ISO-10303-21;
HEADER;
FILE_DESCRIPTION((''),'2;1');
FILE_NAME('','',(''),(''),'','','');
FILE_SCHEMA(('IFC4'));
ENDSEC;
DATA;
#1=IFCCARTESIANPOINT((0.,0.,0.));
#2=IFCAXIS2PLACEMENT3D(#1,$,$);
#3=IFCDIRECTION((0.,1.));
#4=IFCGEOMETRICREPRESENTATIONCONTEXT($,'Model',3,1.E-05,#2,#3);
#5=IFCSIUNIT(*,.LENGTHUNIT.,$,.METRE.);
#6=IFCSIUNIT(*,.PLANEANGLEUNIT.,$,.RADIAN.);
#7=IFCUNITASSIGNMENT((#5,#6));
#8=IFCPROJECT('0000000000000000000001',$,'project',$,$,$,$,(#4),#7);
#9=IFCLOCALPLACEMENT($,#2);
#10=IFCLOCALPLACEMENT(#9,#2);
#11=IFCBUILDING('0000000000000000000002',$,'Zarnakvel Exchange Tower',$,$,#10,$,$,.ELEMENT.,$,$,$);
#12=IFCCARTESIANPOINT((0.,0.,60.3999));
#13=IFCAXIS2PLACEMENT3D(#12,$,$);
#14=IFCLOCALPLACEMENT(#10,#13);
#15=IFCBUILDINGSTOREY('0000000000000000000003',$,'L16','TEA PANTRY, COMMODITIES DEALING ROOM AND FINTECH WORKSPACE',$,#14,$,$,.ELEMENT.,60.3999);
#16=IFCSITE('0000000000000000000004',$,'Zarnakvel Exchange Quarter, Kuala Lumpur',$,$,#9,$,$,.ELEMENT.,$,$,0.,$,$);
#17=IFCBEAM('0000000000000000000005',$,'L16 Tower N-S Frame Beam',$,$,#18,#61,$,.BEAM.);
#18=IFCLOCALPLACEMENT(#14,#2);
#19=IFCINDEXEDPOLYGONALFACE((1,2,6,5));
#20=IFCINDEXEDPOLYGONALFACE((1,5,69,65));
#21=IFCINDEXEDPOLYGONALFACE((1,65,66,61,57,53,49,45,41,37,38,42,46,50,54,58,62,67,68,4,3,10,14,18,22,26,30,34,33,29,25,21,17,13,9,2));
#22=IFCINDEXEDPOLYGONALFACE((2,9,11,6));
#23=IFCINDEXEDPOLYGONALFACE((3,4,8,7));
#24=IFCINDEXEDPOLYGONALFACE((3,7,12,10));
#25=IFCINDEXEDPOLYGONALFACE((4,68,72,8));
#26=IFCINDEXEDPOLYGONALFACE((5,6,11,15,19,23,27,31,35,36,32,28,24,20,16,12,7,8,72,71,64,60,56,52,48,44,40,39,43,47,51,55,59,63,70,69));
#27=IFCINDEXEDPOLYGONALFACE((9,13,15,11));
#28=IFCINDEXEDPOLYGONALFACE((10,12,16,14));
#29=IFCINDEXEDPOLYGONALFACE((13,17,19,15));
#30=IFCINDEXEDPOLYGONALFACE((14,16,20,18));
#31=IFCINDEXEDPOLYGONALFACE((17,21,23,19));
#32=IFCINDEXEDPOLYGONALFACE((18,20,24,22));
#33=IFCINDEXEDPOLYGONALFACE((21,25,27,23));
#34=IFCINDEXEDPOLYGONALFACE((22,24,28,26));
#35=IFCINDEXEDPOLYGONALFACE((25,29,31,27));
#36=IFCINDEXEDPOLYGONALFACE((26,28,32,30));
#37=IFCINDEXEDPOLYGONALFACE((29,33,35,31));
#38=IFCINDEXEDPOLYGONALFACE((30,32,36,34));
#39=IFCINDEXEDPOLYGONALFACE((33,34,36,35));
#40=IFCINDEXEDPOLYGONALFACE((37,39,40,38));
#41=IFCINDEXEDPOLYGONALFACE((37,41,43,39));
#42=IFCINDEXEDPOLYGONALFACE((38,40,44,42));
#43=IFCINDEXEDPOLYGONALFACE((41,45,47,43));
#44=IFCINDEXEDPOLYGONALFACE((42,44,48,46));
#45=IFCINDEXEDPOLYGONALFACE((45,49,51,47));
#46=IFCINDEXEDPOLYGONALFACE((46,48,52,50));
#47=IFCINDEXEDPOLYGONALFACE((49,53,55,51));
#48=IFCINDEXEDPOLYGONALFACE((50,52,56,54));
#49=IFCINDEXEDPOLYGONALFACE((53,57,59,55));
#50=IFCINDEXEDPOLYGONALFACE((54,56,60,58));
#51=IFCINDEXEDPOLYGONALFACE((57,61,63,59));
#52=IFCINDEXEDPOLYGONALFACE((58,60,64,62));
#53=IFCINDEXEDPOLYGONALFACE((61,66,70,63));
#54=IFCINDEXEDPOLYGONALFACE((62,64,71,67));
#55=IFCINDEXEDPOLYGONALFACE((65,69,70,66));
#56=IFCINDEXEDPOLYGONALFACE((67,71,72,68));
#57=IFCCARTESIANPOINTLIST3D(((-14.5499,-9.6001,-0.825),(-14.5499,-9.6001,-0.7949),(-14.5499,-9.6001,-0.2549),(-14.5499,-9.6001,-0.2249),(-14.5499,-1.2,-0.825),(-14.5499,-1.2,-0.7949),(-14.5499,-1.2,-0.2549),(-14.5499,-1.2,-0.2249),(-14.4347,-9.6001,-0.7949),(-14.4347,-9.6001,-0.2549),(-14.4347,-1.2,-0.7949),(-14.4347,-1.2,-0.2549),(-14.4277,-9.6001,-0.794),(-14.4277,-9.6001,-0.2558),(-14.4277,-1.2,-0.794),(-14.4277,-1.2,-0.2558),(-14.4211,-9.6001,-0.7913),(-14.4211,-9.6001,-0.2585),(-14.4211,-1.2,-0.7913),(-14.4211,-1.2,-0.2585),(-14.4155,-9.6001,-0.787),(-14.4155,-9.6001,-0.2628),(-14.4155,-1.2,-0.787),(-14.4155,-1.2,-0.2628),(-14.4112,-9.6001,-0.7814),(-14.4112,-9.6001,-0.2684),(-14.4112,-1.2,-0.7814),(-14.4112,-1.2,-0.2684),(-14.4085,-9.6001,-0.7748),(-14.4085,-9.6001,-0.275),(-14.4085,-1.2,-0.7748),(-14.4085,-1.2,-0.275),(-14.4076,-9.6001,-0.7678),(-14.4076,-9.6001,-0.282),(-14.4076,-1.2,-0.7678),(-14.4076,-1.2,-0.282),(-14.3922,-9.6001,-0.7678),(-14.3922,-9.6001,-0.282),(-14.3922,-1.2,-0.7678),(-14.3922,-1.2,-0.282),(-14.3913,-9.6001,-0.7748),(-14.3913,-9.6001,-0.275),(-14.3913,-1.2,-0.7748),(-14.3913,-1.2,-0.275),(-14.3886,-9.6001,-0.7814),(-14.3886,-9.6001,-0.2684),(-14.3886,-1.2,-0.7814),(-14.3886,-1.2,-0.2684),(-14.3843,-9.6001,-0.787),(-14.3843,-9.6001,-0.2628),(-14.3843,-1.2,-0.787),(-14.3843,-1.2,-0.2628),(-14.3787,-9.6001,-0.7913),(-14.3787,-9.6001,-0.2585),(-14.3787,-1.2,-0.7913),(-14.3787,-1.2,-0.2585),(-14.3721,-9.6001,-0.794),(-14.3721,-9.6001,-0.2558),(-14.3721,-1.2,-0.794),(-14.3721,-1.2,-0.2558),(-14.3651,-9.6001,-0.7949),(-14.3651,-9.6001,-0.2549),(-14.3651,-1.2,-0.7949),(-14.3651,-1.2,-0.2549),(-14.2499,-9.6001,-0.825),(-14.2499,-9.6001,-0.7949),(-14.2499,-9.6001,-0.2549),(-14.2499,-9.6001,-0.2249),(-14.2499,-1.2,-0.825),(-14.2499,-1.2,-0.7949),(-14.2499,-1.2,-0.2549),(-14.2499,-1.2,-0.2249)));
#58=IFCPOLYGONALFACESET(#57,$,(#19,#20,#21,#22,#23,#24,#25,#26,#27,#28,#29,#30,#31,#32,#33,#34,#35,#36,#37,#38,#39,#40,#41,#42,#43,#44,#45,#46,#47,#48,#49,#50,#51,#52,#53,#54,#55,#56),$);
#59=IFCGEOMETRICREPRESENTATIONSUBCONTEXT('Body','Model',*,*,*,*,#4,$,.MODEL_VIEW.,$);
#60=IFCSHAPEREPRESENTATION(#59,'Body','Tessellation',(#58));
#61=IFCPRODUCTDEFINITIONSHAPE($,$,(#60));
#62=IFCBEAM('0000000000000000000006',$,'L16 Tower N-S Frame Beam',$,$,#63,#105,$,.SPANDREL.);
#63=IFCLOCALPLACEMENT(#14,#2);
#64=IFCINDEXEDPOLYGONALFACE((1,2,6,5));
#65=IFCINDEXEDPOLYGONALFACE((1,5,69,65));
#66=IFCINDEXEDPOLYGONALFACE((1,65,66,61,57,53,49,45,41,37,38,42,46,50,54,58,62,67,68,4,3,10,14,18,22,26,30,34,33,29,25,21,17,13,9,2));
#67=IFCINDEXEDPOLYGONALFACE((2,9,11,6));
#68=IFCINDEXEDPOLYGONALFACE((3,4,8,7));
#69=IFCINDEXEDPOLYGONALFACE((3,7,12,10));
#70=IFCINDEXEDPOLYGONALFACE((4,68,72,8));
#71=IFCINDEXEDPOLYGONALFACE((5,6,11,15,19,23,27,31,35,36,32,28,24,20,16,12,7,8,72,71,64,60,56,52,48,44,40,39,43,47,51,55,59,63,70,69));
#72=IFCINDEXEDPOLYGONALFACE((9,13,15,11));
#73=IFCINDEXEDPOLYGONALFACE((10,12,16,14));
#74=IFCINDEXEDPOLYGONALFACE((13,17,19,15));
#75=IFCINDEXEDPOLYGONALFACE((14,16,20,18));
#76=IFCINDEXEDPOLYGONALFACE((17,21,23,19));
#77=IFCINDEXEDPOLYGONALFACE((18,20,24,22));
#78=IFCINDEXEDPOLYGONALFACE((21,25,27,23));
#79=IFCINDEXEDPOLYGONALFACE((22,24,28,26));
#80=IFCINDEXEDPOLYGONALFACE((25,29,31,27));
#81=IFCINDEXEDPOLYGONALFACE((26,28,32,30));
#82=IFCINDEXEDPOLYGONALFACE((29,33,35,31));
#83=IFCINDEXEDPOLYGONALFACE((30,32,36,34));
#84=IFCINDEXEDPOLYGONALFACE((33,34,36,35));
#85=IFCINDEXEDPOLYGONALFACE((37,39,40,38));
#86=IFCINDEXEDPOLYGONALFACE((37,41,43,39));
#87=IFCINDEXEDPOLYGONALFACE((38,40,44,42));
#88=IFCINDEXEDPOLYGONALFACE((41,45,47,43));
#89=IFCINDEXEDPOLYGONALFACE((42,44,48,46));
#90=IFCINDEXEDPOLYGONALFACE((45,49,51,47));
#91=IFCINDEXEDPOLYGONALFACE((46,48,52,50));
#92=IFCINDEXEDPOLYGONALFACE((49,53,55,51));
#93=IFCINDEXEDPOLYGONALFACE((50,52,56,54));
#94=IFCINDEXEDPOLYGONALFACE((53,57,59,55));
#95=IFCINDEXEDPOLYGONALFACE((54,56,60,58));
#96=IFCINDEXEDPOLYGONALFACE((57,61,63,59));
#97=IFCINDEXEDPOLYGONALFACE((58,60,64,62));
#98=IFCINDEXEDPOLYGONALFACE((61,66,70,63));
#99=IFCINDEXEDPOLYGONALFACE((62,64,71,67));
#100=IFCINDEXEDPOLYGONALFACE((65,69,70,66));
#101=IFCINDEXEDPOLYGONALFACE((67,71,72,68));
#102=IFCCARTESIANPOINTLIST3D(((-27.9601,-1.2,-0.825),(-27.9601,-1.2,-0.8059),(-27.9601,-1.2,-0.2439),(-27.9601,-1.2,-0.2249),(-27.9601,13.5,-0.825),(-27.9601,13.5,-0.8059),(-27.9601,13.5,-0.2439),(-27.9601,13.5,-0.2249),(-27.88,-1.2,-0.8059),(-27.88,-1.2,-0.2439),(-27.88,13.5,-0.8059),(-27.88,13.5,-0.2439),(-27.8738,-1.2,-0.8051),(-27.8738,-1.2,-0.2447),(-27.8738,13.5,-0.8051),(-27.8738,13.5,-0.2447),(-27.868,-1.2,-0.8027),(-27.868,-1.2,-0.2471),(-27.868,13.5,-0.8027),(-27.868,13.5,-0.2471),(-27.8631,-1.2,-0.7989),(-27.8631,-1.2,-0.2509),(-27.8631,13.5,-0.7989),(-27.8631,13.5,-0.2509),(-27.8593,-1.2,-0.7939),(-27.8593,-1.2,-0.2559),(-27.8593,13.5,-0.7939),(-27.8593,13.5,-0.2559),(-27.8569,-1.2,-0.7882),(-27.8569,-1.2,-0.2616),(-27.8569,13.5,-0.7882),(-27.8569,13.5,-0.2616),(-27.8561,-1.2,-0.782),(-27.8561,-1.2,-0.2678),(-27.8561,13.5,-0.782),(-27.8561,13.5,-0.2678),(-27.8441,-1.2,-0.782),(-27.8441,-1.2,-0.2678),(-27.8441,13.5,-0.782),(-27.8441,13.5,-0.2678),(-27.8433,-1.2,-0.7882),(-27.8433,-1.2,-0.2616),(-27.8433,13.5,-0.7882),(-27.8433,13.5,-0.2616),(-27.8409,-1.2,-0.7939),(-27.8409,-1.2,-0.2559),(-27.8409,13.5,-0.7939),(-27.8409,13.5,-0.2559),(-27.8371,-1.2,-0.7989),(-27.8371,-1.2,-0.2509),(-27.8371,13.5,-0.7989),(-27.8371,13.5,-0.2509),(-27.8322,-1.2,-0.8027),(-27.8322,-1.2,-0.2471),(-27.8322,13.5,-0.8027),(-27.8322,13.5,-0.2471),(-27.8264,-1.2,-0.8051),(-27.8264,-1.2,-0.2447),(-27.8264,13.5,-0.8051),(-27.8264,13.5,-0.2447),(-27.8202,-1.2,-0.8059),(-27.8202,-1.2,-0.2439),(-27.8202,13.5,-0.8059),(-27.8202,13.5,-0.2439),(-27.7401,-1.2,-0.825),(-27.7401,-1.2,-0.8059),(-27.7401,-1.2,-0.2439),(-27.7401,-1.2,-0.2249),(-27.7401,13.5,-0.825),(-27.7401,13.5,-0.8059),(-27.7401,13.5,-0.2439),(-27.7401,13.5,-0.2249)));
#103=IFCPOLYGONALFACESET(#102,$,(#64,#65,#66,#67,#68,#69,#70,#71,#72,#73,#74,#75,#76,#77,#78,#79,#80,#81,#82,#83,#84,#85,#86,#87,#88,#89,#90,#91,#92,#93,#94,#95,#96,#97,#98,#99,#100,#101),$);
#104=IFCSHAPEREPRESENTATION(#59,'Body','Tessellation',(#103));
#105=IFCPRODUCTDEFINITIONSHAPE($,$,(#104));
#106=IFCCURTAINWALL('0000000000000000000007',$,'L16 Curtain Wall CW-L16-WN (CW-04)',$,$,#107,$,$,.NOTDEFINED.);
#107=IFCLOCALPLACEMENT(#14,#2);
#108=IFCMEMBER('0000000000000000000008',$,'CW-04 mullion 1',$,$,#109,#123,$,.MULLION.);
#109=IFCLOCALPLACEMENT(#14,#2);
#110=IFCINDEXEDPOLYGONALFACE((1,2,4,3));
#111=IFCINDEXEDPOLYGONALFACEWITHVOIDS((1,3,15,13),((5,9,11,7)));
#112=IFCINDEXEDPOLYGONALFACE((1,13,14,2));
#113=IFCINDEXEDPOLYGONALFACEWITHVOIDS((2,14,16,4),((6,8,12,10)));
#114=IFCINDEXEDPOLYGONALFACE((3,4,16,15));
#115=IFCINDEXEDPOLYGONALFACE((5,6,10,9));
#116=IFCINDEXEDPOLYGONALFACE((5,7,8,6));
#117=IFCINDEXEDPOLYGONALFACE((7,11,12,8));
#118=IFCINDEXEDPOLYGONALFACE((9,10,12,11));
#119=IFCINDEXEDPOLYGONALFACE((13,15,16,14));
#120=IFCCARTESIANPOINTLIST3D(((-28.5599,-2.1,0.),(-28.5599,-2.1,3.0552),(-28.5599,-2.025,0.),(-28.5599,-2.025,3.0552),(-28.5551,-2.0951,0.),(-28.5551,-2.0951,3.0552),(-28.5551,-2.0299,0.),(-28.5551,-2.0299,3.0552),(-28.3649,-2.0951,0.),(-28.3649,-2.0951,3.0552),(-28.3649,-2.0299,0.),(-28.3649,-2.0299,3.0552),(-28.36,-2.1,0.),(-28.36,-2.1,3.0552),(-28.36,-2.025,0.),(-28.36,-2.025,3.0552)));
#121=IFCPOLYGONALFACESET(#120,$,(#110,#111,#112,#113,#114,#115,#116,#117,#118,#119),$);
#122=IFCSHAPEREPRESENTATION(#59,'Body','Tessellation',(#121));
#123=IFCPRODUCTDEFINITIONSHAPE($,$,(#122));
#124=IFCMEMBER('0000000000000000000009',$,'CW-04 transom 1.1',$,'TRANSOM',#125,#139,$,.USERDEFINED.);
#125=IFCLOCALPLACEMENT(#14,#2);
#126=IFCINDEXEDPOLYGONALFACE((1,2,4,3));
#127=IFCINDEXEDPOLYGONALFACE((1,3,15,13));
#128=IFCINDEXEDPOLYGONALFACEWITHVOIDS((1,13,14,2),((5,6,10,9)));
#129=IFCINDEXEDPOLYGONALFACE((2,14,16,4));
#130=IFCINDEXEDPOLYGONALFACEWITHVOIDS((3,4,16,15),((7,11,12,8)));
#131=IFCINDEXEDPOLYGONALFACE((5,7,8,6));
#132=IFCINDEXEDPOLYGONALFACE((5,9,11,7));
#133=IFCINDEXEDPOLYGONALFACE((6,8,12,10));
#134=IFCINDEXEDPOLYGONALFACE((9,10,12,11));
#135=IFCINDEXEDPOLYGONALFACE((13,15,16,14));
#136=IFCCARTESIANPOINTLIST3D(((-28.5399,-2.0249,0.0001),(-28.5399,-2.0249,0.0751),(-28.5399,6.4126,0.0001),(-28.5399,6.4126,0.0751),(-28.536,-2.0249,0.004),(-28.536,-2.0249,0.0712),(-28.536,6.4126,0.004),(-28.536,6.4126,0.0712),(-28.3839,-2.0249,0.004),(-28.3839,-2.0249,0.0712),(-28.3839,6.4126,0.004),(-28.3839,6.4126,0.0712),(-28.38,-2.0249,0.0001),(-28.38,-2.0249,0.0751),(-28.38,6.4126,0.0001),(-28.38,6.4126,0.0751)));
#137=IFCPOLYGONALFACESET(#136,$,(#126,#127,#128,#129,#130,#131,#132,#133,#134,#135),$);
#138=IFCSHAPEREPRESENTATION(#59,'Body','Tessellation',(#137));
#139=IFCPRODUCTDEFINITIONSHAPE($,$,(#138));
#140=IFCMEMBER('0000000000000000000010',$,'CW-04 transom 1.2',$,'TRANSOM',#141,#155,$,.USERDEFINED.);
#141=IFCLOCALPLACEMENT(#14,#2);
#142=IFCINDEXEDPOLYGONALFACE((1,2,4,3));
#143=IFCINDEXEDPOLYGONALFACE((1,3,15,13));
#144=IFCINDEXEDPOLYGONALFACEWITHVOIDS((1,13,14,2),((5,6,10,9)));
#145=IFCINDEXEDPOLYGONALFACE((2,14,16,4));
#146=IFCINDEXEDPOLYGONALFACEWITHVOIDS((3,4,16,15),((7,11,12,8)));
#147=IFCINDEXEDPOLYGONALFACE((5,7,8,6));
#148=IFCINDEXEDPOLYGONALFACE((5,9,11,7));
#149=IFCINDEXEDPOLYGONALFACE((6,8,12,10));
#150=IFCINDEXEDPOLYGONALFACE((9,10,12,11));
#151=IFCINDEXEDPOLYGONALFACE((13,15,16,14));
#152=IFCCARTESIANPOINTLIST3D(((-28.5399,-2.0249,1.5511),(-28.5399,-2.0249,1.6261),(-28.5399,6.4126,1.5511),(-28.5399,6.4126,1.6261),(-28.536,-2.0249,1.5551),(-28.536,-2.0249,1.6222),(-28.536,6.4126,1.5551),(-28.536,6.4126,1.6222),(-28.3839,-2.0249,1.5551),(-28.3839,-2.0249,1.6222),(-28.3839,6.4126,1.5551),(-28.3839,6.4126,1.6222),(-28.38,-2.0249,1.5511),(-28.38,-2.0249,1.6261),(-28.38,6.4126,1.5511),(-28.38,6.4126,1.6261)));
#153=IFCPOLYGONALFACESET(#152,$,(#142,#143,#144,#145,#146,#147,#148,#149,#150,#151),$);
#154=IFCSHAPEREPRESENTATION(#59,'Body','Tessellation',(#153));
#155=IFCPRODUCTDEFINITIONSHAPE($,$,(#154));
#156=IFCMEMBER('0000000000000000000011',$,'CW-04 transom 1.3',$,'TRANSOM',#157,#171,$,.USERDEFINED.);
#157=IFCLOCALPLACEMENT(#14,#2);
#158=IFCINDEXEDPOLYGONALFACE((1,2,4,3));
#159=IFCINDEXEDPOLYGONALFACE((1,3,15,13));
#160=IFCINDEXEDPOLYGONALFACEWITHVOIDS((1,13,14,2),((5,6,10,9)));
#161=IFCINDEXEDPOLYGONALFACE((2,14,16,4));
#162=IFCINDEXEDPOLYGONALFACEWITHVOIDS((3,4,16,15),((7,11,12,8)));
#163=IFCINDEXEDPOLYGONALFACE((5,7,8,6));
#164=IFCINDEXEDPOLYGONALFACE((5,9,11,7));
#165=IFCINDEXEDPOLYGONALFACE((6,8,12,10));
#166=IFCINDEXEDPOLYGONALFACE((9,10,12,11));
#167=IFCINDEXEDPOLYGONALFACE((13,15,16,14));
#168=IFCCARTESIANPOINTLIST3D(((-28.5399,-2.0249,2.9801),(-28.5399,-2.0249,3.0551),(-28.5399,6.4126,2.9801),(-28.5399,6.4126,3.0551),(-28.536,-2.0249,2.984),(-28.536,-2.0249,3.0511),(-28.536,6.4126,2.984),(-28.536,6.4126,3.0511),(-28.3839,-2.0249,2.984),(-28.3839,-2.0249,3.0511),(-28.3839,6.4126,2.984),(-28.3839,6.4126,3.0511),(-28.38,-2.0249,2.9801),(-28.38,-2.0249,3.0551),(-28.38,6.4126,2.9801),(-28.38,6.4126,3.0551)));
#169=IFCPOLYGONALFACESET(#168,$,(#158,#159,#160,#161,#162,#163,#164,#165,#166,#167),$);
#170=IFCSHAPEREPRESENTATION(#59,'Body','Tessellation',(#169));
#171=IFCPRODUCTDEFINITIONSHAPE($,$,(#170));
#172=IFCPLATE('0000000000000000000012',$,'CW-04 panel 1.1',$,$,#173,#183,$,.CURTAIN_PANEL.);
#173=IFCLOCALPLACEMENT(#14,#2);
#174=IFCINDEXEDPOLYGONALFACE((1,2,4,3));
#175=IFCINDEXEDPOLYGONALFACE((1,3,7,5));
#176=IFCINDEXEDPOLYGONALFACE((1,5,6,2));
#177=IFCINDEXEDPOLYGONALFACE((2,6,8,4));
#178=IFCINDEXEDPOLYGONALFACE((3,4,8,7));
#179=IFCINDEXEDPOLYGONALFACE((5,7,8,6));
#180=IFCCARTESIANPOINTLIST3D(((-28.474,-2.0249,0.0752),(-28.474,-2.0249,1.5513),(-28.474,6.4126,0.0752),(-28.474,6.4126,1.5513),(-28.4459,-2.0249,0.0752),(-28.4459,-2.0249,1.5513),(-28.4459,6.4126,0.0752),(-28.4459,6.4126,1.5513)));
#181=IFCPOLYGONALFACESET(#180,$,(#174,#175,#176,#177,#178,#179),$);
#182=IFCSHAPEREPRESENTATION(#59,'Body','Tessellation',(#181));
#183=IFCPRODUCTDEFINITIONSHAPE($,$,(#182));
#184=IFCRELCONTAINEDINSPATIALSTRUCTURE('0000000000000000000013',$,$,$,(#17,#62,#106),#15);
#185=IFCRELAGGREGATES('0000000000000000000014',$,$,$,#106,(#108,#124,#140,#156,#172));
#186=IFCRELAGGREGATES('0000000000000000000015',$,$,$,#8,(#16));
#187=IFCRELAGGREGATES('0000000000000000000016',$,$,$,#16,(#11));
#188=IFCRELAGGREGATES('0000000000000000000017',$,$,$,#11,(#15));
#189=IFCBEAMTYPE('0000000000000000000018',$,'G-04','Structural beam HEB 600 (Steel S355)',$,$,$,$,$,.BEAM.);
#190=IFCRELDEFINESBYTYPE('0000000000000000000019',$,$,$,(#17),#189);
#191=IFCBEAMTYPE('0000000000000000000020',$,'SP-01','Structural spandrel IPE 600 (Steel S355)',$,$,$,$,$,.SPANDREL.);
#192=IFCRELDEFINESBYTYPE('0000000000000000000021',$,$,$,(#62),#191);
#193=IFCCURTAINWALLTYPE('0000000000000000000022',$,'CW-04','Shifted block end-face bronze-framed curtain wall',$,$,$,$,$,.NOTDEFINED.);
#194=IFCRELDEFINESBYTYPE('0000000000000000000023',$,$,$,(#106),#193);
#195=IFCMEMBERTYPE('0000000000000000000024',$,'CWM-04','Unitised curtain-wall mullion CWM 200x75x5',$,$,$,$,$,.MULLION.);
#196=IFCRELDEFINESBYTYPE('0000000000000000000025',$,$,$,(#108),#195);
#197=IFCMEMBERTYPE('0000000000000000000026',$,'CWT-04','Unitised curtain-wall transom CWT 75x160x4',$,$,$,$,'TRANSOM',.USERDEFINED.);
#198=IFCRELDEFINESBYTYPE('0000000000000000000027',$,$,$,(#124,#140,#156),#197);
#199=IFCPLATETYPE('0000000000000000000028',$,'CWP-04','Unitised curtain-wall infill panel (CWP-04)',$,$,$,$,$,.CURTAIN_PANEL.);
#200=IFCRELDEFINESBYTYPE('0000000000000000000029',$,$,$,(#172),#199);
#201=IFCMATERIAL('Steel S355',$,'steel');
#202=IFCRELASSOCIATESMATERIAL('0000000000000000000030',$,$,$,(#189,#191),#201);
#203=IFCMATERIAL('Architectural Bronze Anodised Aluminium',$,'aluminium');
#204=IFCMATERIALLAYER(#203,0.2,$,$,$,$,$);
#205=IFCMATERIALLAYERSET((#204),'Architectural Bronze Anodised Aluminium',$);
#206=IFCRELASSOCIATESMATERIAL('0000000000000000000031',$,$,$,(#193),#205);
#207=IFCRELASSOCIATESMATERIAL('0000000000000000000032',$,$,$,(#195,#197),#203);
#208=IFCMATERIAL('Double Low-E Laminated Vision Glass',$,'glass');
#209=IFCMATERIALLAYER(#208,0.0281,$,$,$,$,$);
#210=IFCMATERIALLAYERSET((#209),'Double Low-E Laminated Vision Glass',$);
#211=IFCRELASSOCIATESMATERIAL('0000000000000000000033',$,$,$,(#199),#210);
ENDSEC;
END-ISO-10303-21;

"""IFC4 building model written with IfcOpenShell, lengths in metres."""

from ifc_helpers import new_model, si_unit, direction, frame, origin, origin_2d, place, context, subcontext, project, spatial, rectangle, hollow_rectangle, i_section, extrude, source, transform, mapped, material, layer, layer_set, material_profile, profile_set, type_object, element, aggregate, save


model = new_model("IFC4")

# Units and contexts
model_context = context("Model", 3, precision=1e-05, world=origin(), true_north=direction((0.0, 1.0)))
body_context = subcontext(model_context, "Body", "Model", "MODEL_VIEW")
ifc_project = project(units=[si_unit("LENGTHUNIT", "METRE"), si_unit("PLANEANGLEUNIT", "RADIAN")], contexts=[model_context])

# Site, building, storey
site_placement = place(None, origin())
site = spatial("IfcSite", under=ifc_project, at=site_placement, Name="Zarnakvel Exchange Quarter, Kuala Lumpur", CompositionType="ELEMENT", RefElevation=0.0)
building_placement = place(site_placement, origin())
building = spatial("IfcBuilding", under=site, at=building_placement, Name="Zarnakvel Exchange Tower", CompositionType="ELEMENT")
storey_placement = place(building_placement, frame((0.0, 0.0, 60.3999)))
storey = spatial("IfcBuildingStorey", under=building, at=storey_placement, Name="L16", Description="TEA PANTRY, COMMODITIES DEALING ROOM AND FINTECH WORKSPACE", CompositionType="ELEMENT", Elevation=60.3999)

# Shared definitions
ifc_material_1 = material(Name="Steel S355", Category="steel")

# Beams
ifc_material_profile_1 = material_profile(ifc_material_1, i_section(OverallWidth=0.3, OverallDepth=0.6001, WebThickness=0.0154, FlangeThickness=0.03, FilletRadius=0.0271, at=origin_2d()))
ifc_profile_set_1 = profile_set([ifc_material_profile_1], Name="Steel S355")
beam_type_1 = type_object("IfcBeamType", Name="G-04", Description="Structural beam HEB 600 (Steel S355)", PredefinedType="BEAM", material=ifc_profile_set_1)
beam_1_placement = place(storey_placement, frame((-14.3999, -9.6001, -0.5249), z_axis=(0.0, 1.0, 0.0), x_axis=(-1.0, 0.0, 0.0)))
element("IfcBeam", 1, at=beam_1_placement, inside=storey, type_object=beam_type_1, Name="L16 Tower N-S Frame Beam", PredefinedType="BEAM", context=body_context, shape_type="SweptSolid", body=[
    extrude(i_section(OverallWidth=0.3, OverallDepth=0.6001, WebThickness=0.0154, FlangeThickness=0.03, FilletRadius=0.0271, at=origin_2d()), origin(), (0.0, 0.0, 1.0), 8.4001),
])
ifc_material_profile_2 = material_profile(ifc_material_1, i_section(OverallWidth=0.22, OverallDepth=0.6001, WebThickness=0.012, FlangeThickness=0.019, FilletRadius=0.0239, at=origin_2d()))
ifc_profile_set_2 = profile_set([ifc_material_profile_2], Name="Steel S355")
beam_type_2 = type_object("IfcBeamType", Name="SP-01", Description="Structural spandrel IPE 600 (Steel S355)", PredefinedType="SPANDREL", material=ifc_profile_set_2)
beam_2_placement = place(storey_placement, frame((-27.8501, -1.2, -0.5249), z_axis=(0.0, 1.0, 0.0), x_axis=(-1.0, 0.0, 0.0)))
element("IfcBeam", 2, at=beam_2_placement, inside=storey, type_object=beam_type_2, Name="L16 Tower N-S Frame Beam", PredefinedType="SPANDREL", context=body_context, shape_type="SweptSolid", body=[
    extrude(i_section(OverallWidth=0.22, OverallDepth=0.6001, WebThickness=0.012, FlangeThickness=0.019, FilletRadius=0.0239, at=origin_2d()), origin(), (0.0, 0.0, 1.0), 14.7),
])

# Curtain wall, members, plate
ifc_material_2 = material(Name="Architectural Bronze Anodised Aluminium", Category="aluminium")
ifc_layer_1 = layer(ifc_material_2, 0.2)
ifc_layer_set_1 = layer_set([ifc_layer_1], Name="Architectural Bronze Anodised Aluminium")
curtain_wall_type = type_object("IfcCurtainWallType", Name="CW-04", Description="Shifted block end-face bronze-framed curtain wall", PredefinedType="NOTDEFINED", material=ifc_layer_set_1)
curtain_wall_placement = place(storey_placement, origin())
curtain_wall = element("IfcCurtainWall", 3, at=curtain_wall_placement, inside=storey, type_object=curtain_wall_type, Name="L16 Curtain Wall CW-L16-WN (CW-04)", PredefinedType="NOTDEFINED")
ifc_material_profile_3 = material_profile(ifc_material_2, hollow_rectangle(XDim=0.2, YDim=0.075, WallThickness=0.0049, at=origin_2d()))
ifc_profile_set_3 = profile_set([ifc_material_profile_3], Name="Architectural Bronze Anodised Aluminium")
member_type_1 = type_object("IfcMemberType", Name="CWM-04", Description="Unitised curtain-wall mullion CWM 200x75x5", PredefinedType="MULLION", material=ifc_profile_set_3)
shared_shape_1 = source(origin(), body_context, "Body", "SweptSolid", [
    extrude(hollow_rectangle(XDim=0.2, YDim=0.075, WallThickness=0.0049, at=origin_2d()), origin(), (0.0, 0.0, 1.0), 3.0552),
])
member_1_placement = place(storey_placement, frame((-28.46, -2.0625, 0.0), z_axis=(0.0, 0.0, 1.0), x_axis=(-1.0, 0.0, 0.0)))
member_1 = element("IfcMember", 4, at=member_1_placement, type_object=member_type_1, Name="CW-04 mullion 1", PredefinedType="MULLION", context=body_context, shape_type="MappedRepresentation", body=[
    mapped(shared_shape_1, transform((0.0, 0.0, 0.0), x_axis=(1.0, 0.0, 0.0), y_axis=(0.0, 1.0, 0.0), z_axis=(0.0, 0.0, 1.0), scale=1.0)),
])
ifc_material_profile_4 = material_profile(ifc_material_2, hollow_rectangle(XDim=0.1599, YDim=0.075, WallThickness=0.0039, at=origin_2d()))
ifc_profile_set_4 = profile_set([ifc_material_profile_4], Name="Architectural Bronze Anodised Aluminium")
member_type_2 = type_object("IfcMemberType", Name="CWT-04", Description="Unitised curtain-wall transom CWT 75x160x4", ElementType="TRANSOM", PredefinedType="USERDEFINED", material=ifc_profile_set_4)
shared_shape_2 = source(origin(), body_context, "Body", "SweptSolid", [
    extrude(hollow_rectangle(XDim=0.1599, YDim=0.075, WallThickness=0.0039, at=origin_2d()), origin(), (0.0, 0.0, 1.0), 8.4375),
])
member_2_placement = place(storey_placement, frame((-28.46, -2.0249, 0.0376), z_axis=(0.0, 1.0, 0.0), x_axis=(-1.0, 0.0, 0.0)))
member_2 = element("IfcMember", 5, at=member_2_placement, type_object=member_type_2, Name="CW-04 transom 1.1", ObjectType="TRANSOM", PredefinedType="USERDEFINED", context=body_context, shape_type="MappedRepresentation", body=[
    mapped(shared_shape_2, transform((0.0, 0.0, 0.0), x_axis=(1.0, 0.0, 0.0), y_axis=(0.0, 1.0, 0.0), z_axis=(0.0, 0.0, 1.0), scale=1.0)),
])
member_3_placement = place(storey_placement, frame((-28.46, -2.0249, 1.5886), z_axis=(0.0, 1.0, 0.0), x_axis=(-1.0, 0.0, 0.0)))
member_3 = element("IfcMember", 6, at=member_3_placement, type_object=member_type_2, Name="CW-04 transom 1.2", ObjectType="TRANSOM", PredefinedType="USERDEFINED", context=body_context, shape_type="MappedRepresentation", body=[
    mapped(shared_shape_2, transform((0.0, 0.0, 0.0), x_axis=(1.0, 0.0, 0.0), y_axis=(0.0, 1.0, 0.0), z_axis=(0.0, 0.0, 1.0), scale=1.0)),
])
member_4_placement = place(storey_placement, frame((-28.46, -2.0249, 3.0176), z_axis=(0.0, 1.0, 0.0), x_axis=(-1.0, 0.0, 0.0)))
member_4 = element("IfcMember", 7, at=member_4_placement, type_object=member_type_2, Name="CW-04 transom 1.3", ObjectType="TRANSOM", PredefinedType="USERDEFINED", context=body_context, shape_type="MappedRepresentation", body=[
    mapped(shared_shape_2, transform((0.0, 0.0, 0.0), x_axis=(1.0, 0.0, 0.0), y_axis=(0.0, 1.0, 0.0), z_axis=(0.0, 0.0, 1.0), scale=1.0)),
])
ifc_material_3 = material(Name="Double Low-E Laminated Vision Glass", Category="glass")
ifc_layer_2 = layer(ifc_material_3, 0.0281)
ifc_layer_set_2 = layer_set([ifc_layer_2], Name="Double Low-E Laminated Vision Glass")
plate_type = type_object("IfcPlateType", Name="CWP-04", Description="Unitised curtain-wall infill panel (CWP-04)", PredefinedType="CURTAIN_PANEL", material=ifc_layer_set_2)
shared_shape_3 = source(origin(), body_context, "Body", "SweptSolid", [
    extrude(rectangle(XDim=8.4375, YDim=0.0281, at=origin_2d()), origin(), (0.0, 0.0, 1.0), 1.4761),
])
plate_placement = place(storey_placement, frame((-28.46, 2.1938, 0.0752), z_axis=(0.0, 0.0, 1.0), x_axis=(0.0, 1.0, 0.0)))
plate = element("IfcPlate", 8, at=plate_placement, type_object=plate_type, Name="CW-04 panel 1.1", PredefinedType="CURTAIN_PANEL", context=body_context, shape_type="MappedRepresentation", body=[
    mapped(shared_shape_3, transform((0.0, 0.0, 0.0), x_axis=(1.0, 0.0, 0.0), y_axis=(0.0, 1.0, 0.0), z_axis=(0.0, 0.0, 1.0), scale=1.0)),
])
aggregate(curtain_wall, [member_1, member_2, member_3, member_4, plate])

save(model, "model.ifc")
